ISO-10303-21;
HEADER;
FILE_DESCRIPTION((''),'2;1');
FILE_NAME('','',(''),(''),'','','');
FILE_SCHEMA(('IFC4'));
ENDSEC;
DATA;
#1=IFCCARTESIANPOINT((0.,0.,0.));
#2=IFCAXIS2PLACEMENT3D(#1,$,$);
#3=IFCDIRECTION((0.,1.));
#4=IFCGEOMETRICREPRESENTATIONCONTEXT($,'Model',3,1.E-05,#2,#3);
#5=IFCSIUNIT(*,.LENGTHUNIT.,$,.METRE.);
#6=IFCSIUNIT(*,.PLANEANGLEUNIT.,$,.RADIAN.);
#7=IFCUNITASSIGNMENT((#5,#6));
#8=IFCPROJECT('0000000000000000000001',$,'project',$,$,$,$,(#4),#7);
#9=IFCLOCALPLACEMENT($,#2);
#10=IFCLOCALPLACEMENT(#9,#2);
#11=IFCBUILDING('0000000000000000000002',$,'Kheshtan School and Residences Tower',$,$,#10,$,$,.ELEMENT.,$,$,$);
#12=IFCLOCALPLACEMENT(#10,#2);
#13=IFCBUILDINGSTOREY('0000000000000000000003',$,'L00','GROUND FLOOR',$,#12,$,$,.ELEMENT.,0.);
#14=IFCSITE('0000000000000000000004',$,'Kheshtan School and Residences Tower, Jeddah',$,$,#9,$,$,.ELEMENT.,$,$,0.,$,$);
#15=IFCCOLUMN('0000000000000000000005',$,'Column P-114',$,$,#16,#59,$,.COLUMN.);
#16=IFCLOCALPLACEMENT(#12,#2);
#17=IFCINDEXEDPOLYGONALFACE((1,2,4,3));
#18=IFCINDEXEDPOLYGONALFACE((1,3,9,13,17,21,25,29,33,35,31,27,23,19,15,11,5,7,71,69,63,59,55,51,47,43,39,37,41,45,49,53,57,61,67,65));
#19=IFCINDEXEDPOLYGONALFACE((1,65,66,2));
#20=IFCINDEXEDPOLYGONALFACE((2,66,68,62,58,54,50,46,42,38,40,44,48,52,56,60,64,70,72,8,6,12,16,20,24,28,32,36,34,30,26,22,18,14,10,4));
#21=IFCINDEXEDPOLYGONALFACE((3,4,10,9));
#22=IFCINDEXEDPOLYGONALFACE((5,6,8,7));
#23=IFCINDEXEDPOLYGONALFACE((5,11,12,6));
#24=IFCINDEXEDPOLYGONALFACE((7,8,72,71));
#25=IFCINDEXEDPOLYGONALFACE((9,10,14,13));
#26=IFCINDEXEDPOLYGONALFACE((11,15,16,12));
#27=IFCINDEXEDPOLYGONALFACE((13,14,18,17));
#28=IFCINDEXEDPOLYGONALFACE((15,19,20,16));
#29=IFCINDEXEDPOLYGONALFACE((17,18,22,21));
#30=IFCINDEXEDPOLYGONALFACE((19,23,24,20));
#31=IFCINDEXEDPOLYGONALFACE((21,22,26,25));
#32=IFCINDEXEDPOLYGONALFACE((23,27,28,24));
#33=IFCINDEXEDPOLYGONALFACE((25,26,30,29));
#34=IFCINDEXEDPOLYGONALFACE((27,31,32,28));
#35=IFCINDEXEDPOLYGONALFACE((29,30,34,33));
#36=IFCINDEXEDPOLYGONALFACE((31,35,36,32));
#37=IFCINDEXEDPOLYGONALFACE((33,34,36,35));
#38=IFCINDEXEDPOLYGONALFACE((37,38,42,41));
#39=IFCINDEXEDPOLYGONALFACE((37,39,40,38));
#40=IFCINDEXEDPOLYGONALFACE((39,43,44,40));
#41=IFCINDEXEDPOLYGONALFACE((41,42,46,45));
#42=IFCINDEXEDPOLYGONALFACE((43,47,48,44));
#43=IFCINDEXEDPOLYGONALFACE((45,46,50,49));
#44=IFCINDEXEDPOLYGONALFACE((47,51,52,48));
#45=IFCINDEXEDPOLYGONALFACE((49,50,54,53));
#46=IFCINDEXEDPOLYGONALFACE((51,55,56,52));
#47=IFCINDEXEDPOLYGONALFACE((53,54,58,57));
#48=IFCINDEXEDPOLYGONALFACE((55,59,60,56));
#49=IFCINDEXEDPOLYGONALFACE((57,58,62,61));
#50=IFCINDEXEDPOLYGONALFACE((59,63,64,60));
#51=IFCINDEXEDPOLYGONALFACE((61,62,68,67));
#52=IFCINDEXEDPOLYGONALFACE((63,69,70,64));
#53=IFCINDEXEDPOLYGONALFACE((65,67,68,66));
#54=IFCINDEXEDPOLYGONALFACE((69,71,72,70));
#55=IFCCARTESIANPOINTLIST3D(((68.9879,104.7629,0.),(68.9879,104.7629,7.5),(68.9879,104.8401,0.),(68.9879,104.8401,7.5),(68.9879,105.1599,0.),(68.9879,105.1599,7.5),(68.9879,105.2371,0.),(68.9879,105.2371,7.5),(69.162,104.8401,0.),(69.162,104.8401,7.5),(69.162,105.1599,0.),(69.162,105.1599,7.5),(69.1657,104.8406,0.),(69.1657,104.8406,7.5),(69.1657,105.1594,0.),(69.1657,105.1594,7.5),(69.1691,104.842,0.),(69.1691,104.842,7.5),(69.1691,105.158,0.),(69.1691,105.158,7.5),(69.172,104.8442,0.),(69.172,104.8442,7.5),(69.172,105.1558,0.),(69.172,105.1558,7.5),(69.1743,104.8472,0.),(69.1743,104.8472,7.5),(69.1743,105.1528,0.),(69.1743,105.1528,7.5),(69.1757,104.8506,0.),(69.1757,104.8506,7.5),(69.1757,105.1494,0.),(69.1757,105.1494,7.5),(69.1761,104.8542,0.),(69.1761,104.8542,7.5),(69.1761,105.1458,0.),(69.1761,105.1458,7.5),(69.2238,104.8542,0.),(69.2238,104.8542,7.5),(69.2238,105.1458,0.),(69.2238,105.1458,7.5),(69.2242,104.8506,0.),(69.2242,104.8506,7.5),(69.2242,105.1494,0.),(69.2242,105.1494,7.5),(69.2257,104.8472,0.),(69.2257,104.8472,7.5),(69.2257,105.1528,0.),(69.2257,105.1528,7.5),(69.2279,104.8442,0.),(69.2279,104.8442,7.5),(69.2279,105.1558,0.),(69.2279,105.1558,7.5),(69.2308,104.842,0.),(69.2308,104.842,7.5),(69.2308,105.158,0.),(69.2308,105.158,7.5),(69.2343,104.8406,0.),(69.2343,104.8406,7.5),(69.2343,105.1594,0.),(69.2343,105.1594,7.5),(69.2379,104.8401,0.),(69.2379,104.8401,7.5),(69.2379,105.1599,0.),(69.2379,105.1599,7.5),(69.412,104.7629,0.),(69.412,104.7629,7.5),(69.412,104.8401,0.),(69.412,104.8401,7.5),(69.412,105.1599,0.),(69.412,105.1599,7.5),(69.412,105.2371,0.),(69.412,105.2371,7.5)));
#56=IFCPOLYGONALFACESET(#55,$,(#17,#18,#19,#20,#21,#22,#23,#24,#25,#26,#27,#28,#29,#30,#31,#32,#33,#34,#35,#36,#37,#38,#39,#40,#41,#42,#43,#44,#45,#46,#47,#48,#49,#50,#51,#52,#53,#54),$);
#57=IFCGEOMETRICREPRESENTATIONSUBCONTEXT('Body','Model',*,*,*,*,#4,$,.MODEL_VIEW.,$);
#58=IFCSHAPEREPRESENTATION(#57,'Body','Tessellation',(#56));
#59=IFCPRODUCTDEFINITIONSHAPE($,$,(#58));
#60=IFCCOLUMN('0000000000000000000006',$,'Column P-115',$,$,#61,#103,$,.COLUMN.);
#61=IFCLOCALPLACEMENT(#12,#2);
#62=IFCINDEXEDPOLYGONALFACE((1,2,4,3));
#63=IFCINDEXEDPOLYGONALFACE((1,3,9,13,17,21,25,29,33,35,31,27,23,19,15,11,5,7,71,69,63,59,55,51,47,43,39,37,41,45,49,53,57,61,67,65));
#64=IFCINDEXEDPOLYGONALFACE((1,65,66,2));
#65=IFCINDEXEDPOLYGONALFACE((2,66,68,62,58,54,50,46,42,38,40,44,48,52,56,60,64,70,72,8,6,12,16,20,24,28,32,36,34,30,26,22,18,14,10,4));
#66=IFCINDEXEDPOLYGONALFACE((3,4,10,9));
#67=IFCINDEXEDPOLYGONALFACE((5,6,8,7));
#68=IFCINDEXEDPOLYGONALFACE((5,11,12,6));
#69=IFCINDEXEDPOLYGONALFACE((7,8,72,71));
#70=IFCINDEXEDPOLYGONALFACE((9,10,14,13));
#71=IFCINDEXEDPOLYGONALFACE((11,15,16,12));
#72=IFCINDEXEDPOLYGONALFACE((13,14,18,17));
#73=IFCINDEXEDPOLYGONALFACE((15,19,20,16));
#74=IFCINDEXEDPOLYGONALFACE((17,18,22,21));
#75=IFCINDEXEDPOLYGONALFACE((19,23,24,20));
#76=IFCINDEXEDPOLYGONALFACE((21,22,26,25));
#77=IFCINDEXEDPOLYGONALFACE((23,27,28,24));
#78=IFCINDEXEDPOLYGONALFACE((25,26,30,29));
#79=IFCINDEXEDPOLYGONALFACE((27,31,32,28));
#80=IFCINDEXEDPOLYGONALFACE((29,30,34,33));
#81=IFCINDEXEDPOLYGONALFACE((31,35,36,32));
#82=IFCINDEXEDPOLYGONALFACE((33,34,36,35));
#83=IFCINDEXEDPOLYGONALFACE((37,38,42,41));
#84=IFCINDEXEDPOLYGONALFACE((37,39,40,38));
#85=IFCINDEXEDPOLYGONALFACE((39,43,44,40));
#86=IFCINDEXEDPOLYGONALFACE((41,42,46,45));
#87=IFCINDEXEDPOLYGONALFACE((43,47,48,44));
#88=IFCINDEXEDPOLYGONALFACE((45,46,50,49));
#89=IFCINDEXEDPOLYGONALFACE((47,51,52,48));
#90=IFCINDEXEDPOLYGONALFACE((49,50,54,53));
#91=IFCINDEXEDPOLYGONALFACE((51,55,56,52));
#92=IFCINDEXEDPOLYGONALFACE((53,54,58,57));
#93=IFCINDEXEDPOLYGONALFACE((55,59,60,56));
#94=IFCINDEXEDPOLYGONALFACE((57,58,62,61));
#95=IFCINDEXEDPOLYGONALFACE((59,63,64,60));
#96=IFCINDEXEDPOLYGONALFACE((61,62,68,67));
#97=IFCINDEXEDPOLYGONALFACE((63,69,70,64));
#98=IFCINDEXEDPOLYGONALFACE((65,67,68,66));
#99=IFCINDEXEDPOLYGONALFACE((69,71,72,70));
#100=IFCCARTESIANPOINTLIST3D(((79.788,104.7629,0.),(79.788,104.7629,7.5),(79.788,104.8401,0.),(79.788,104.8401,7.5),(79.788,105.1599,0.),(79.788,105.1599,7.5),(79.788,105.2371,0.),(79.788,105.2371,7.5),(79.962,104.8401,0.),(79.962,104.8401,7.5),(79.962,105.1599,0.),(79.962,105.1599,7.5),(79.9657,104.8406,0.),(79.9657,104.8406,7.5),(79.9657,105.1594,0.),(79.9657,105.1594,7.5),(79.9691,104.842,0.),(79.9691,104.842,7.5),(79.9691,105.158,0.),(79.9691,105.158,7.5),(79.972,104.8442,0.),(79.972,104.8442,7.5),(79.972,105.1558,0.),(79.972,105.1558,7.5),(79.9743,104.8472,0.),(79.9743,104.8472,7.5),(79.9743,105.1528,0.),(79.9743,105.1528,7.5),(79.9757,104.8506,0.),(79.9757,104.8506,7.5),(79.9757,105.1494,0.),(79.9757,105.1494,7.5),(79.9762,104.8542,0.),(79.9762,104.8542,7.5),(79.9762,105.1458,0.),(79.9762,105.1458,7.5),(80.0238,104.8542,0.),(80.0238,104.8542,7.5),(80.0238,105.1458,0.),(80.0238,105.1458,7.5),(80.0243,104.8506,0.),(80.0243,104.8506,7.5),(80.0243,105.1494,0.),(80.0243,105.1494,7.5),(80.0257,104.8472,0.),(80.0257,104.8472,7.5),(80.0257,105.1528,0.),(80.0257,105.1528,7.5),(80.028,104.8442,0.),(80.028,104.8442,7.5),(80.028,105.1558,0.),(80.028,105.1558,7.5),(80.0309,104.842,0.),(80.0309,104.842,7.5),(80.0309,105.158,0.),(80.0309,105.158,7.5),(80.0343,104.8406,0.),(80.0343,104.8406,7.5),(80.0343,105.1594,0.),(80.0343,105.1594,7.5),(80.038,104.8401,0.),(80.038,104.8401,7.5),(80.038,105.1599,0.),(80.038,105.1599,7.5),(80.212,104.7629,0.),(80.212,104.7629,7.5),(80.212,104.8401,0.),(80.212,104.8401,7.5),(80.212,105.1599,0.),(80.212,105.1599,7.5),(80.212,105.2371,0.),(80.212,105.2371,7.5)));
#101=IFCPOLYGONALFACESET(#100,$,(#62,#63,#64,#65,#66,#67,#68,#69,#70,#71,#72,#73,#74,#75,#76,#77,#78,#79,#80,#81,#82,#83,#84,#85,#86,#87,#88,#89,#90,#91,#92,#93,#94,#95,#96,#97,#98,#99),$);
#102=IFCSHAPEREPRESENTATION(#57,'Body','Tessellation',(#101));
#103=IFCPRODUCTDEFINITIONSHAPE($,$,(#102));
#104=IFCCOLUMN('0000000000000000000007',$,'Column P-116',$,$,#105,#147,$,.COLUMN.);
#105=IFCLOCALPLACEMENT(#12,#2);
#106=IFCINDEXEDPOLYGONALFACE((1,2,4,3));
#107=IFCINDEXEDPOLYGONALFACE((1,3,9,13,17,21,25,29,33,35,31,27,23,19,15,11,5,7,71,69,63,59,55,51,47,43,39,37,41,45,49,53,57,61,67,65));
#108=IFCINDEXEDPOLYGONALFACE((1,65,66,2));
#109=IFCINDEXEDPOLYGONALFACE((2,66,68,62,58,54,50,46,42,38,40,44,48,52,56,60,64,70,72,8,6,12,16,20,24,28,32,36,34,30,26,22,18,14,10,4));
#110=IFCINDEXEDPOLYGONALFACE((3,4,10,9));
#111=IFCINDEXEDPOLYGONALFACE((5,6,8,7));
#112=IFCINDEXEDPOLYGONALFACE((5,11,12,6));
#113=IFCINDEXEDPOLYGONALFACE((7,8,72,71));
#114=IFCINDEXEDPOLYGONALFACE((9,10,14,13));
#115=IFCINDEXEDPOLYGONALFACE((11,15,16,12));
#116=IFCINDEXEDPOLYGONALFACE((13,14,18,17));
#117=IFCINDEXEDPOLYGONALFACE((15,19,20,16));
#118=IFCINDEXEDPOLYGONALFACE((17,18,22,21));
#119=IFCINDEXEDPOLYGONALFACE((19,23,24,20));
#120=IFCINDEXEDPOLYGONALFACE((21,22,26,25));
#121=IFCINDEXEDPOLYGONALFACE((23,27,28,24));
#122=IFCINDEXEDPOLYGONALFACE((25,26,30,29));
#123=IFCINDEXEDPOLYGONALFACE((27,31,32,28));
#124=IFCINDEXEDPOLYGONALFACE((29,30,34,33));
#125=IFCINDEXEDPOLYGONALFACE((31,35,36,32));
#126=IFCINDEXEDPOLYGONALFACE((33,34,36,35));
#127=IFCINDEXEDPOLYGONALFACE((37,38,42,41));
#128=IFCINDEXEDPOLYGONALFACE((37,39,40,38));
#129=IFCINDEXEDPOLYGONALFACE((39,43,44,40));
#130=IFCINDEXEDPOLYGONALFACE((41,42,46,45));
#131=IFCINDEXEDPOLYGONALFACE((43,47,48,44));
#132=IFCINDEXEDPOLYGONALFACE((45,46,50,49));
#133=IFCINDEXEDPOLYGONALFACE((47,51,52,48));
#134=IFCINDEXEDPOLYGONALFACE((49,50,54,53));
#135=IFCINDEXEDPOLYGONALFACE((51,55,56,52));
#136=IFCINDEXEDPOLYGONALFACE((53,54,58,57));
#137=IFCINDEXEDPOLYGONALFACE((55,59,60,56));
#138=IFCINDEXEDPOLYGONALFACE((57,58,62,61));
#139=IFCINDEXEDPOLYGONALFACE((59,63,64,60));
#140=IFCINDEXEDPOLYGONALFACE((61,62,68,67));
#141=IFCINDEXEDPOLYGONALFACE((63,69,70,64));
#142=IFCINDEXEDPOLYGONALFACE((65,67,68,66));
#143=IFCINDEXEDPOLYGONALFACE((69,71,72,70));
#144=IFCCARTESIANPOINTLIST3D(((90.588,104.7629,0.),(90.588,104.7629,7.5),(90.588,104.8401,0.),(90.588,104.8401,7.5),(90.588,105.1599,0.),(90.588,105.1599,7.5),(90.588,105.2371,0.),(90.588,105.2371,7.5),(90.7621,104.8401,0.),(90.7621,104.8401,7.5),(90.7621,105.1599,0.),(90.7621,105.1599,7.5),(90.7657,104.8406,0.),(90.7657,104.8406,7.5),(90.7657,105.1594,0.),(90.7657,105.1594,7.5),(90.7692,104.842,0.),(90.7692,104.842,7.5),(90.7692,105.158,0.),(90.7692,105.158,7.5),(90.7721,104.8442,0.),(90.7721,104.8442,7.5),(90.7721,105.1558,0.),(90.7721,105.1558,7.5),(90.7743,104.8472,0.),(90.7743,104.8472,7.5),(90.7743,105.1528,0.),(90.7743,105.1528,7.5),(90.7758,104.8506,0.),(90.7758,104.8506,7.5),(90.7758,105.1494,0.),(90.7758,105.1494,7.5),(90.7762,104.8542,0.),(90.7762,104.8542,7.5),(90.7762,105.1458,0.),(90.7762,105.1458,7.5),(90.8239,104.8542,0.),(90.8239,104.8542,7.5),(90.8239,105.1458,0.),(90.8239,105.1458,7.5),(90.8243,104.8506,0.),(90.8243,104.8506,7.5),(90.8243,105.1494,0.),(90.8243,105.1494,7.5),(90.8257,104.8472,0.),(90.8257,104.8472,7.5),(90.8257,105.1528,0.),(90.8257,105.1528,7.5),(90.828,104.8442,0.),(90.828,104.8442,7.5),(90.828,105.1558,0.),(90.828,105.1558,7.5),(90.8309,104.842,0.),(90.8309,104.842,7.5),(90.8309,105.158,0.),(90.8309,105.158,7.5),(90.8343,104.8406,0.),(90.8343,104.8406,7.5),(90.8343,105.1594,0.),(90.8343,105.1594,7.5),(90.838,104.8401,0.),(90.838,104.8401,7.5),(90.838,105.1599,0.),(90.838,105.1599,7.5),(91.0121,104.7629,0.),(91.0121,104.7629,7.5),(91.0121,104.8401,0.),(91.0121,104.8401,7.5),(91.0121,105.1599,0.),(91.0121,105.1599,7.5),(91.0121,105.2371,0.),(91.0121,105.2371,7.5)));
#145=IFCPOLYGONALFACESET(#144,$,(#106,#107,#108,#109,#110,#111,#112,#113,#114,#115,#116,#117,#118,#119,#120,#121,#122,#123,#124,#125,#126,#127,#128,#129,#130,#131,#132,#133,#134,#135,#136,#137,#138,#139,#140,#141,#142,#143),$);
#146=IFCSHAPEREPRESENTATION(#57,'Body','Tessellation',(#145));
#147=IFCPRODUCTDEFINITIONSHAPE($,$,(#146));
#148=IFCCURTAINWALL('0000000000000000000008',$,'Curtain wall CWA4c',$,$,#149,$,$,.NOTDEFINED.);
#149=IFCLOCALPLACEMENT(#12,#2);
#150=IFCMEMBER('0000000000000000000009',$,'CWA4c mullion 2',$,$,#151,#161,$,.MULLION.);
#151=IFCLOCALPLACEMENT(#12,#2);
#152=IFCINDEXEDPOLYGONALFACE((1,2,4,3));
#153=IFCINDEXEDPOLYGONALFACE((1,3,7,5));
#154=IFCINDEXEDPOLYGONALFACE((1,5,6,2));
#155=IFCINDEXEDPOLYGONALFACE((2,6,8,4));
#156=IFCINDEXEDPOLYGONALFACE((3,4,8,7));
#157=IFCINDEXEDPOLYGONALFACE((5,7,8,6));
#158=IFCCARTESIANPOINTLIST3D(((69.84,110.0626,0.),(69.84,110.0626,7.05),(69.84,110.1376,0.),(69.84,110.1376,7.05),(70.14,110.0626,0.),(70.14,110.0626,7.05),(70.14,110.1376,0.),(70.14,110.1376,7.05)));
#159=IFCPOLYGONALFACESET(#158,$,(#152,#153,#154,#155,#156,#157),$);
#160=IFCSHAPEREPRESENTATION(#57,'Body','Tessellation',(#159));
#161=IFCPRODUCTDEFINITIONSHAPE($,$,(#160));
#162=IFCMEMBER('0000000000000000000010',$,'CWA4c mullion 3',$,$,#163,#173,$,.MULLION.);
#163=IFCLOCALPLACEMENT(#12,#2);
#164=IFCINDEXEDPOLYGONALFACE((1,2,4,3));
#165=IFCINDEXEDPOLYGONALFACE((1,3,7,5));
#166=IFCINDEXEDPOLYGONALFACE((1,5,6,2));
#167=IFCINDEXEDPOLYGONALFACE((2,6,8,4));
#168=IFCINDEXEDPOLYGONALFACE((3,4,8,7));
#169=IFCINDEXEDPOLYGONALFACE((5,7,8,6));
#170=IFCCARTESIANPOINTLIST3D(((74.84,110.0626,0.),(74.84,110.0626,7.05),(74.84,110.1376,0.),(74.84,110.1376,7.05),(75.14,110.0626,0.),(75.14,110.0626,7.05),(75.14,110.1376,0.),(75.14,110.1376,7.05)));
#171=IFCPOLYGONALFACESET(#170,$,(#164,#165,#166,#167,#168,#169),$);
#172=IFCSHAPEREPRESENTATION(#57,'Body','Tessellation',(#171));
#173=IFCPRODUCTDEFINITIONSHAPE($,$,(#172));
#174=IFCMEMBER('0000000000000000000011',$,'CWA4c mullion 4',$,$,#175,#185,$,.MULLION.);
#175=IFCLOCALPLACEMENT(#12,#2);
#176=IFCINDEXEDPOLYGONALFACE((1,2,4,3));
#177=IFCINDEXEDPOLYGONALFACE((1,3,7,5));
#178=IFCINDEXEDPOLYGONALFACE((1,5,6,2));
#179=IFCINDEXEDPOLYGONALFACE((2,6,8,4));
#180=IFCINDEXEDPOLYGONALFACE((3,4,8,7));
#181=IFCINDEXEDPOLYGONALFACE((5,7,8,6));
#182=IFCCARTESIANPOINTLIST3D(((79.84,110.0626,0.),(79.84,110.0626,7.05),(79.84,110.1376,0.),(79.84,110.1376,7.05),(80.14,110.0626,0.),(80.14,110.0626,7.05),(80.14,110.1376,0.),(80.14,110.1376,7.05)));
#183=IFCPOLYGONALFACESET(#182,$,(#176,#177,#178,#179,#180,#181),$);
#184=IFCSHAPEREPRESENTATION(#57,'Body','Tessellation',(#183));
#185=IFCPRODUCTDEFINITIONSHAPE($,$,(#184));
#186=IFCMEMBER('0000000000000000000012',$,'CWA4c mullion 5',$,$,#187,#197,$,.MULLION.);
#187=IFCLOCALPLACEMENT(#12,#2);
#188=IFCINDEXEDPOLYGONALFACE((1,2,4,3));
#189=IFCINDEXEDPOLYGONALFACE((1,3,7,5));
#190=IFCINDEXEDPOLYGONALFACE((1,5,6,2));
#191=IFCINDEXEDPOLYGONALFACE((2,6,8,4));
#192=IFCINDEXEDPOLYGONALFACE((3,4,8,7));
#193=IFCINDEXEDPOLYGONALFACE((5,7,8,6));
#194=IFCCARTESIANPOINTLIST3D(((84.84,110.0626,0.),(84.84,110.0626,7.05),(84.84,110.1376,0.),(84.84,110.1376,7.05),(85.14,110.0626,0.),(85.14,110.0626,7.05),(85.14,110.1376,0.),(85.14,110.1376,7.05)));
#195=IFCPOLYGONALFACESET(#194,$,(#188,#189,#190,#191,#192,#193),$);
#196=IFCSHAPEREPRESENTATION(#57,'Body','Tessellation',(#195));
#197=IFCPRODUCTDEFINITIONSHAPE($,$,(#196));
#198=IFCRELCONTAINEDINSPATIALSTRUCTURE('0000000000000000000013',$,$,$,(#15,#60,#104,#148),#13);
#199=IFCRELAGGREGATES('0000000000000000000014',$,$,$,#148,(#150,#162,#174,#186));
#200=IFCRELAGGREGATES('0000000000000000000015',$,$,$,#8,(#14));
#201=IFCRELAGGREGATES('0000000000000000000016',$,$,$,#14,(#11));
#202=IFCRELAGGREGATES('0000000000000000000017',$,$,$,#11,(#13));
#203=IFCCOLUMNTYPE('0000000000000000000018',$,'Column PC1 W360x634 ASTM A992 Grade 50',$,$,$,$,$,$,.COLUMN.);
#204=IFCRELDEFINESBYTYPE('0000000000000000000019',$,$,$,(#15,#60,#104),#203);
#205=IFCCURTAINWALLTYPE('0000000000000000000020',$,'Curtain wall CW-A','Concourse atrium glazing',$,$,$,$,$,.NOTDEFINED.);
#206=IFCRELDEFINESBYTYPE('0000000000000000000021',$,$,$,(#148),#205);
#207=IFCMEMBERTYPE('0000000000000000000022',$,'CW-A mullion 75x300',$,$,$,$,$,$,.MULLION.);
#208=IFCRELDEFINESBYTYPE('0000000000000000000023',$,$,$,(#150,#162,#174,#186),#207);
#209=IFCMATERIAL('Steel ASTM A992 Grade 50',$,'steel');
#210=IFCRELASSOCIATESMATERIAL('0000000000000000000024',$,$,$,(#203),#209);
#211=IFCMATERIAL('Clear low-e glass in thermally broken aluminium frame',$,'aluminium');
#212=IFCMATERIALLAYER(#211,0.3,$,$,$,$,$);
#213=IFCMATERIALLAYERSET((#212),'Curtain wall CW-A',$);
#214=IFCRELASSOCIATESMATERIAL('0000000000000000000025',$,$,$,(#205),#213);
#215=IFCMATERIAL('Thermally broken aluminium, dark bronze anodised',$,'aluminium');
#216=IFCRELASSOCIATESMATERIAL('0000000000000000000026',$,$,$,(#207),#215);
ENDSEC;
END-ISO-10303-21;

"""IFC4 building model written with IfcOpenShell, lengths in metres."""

from ifc_helpers import new_model, si_unit, direction, frame, origin, origin_2d, place, context, subcontext, project, spatial, rectangle, i_section, extrude, material, layer, layer_set, material_profile, profile_set, type_object, element, aggregate, save


model = new_model("IFC4")

# Units and contexts
model_context = context("Model", 3, precision=1e-05, world=origin(), true_north=direction((0.0, 1.0)))
body_context = subcontext(model_context, "Body", "Model", "MODEL_VIEW")
ifc_project = project(units=[si_unit("LENGTHUNIT", "METRE"), si_unit("PLANEANGLEUNIT", "RADIAN")], contexts=[model_context])

# Site, building, storey
site_placement = place(None, origin())
site = spatial("IfcSite", under=ifc_project, at=site_placement, Name="Kheshtan School and Residences Tower, Jeddah", CompositionType="ELEMENT", RefElevation=0.0)
building_placement = place(site_placement, origin())
building = spatial("IfcBuilding", under=site, at=building_placement, Name="Kheshtan School and Residences Tower", CompositionType="ELEMENT")
storey_placement = place(building_placement, origin())
storey = spatial("IfcBuildingStorey", under=building, at=storey_placement, Name="L00", Description="GROUND FLOOR", CompositionType="ELEMENT", Elevation=0.0)

# Columns
ifc_material_1 = material(Name="Steel ASTM A992 Grade 50", Category="steel")
ifc_material_profile_1 = material_profile(ifc_material_1, i_section(OverallWidth=0.4241, OverallDepth=0.4741, WebThickness=0.0476, FlangeThickness=0.0771, FilletRadius=0.0142, at=origin_2d()), Name="W360x634")
ifc_profile_set_1 = profile_set([ifc_material_profile_1], Name="Steel ASTM A992 Grade 50")
column_type = type_object("IfcColumnType", Name="Column PC1 W360x634 ASTM A992 Grade 50", PredefinedType="COLUMN", material=ifc_profile_set_1)
for number, where, z_axis, x_axis, name in (
    (1, (69.2, 105.0, 0.0), (0.0, 0.0, 1.0), (1.0, 0.0, 0.0), "Column P-114"),
    (2, (80.0, 105.0, 0.0), (0.0, 0.0, 1.0), (1.0, 0.0, 0.0), "Column P-115"),
    (3, (90.8, 105.0, 0.0), (0.0, 0.0, 1.0), (1.0, 0.0, 0.0), "Column P-116"),
):
    element("IfcColumn", number, at=place(storey_placement, frame(where, z_axis=z_axis, x_axis=x_axis)), inside=storey, type_object=column_type, Name=name, PredefinedType="COLUMN", context=body_context, shape_type="SweptSolid", body=[
        extrude(i_section(OverallWidth=0.4241, OverallDepth=0.4741, WebThickness=0.0476, FlangeThickness=0.0771, FilletRadius=0.0142, at=origin_2d()), origin(), (0.0, 0.0, 1.0), 7.5),
    ])

# Curtain wall, members
ifc_material_2 = material(Name="Clear low-e glass in thermally broken aluminium frame", Category="aluminium")
ifc_layer_1 = layer(ifc_material_2, 0.3)
ifc_layer_set_1 = layer_set([ifc_layer_1], Name="Curtain wall CW-A")
curtain_wall_type = type_object("IfcCurtainWallType", Name="Curtain wall CW-A", Description="Concourse atrium glazing", PredefinedType="NOTDEFINED", material=ifc_layer_set_1)
curtain_wall_placement = place(storey_placement, origin())
curtain_wall = element("IfcCurtainWall", 4, at=curtain_wall_placement, inside=storey, type_object=curtain_wall_type, Name="Curtain wall CWA4c", PredefinedType="NOTDEFINED")
ifc_material_3 = material(Name="Thermally broken aluminium, dark bronze anodised", Category="aluminium")
ifc_material_profile_2 = material_profile(ifc_material_3, rectangle(XDim=0.075, YDim=0.3, at=origin_2d()), Name="CW-A mullion 75x300")
ifc_profile_set_2 = profile_set([ifc_material_profile_2], Name="Thermally broken aluminium, dark bronze anodised")
member_type_1 = type_object("IfcMemberType", Name="CW-A mullion 75x300", PredefinedType="MULLION", material=ifc_profile_set_2)
member_1_placement = place(storey_placement, frame((69.99, 110.1001, 0.0), z_axis=(0.0, 0.0, 1.0), x_axis=(0.0, 1.0, 0.0)))
member_1 = element("IfcMember", 5, at=member_1_placement, type_object=member_type_1, Name="CWA4c mullion 2", PredefinedType="MULLION", context=body_context, shape_type="SweptSolid", body=[
    extrude(rectangle(XDim=0.075, YDim=0.3, at=origin_2d()), origin(), (0.0, 0.0, 1.0), 7.05),
])
member_2_placement = place(storey_placement, frame((74.99, 110.1001, 0.0), z_axis=(0.0, 0.0, 1.0), x_axis=(0.0, 1.0, 0.0)))
member_2 = element("IfcMember", 6, at=member_2_placement, type_object=member_type_1, Name="CWA4c mullion 3", PredefinedType="MULLION", context=body_context, shape_type="SweptSolid", body=[
    extrude(rectangle(XDim=0.075, YDim=0.3, at=origin_2d()), origin(), (0.0, 0.0, 1.0), 7.05),
])
member_3_placement = place(storey_placement, frame((79.99, 110.1001, 0.0), z_axis=(0.0, 0.0, 1.0), x_axis=(0.0, 1.0, 0.0)))
member_3 = element("IfcMember", 7, at=member_3_placement, type_object=member_type_1, Name="CWA4c mullion 4", PredefinedType="MULLION", context=body_context, shape_type="SweptSolid", body=[
    extrude(rectangle(XDim=0.075, YDim=0.3, at=origin_2d()), origin(), (0.0, 0.0, 1.0), 7.05),
])
member_4_placement = place(storey_placement, frame((84.99, 110.1001, 0.0), z_axis=(0.0, 0.0, 1.0), x_axis=(0.0, 1.0, 0.0)))
member_4 = element("IfcMember", 8, at=member_4_placement, type_object=member_type_1, Name="CWA4c mullion 5", PredefinedType="MULLION", context=body_context, shape_type="SweptSolid", body=[
    extrude(rectangle(XDim=0.075, YDim=0.3, at=origin_2d()), origin(), (0.0, 0.0, 1.0), 7.05),
])
aggregate(curtain_wall, [member_1, member_2, member_3, member_4])

save(model, "model.ifc")
